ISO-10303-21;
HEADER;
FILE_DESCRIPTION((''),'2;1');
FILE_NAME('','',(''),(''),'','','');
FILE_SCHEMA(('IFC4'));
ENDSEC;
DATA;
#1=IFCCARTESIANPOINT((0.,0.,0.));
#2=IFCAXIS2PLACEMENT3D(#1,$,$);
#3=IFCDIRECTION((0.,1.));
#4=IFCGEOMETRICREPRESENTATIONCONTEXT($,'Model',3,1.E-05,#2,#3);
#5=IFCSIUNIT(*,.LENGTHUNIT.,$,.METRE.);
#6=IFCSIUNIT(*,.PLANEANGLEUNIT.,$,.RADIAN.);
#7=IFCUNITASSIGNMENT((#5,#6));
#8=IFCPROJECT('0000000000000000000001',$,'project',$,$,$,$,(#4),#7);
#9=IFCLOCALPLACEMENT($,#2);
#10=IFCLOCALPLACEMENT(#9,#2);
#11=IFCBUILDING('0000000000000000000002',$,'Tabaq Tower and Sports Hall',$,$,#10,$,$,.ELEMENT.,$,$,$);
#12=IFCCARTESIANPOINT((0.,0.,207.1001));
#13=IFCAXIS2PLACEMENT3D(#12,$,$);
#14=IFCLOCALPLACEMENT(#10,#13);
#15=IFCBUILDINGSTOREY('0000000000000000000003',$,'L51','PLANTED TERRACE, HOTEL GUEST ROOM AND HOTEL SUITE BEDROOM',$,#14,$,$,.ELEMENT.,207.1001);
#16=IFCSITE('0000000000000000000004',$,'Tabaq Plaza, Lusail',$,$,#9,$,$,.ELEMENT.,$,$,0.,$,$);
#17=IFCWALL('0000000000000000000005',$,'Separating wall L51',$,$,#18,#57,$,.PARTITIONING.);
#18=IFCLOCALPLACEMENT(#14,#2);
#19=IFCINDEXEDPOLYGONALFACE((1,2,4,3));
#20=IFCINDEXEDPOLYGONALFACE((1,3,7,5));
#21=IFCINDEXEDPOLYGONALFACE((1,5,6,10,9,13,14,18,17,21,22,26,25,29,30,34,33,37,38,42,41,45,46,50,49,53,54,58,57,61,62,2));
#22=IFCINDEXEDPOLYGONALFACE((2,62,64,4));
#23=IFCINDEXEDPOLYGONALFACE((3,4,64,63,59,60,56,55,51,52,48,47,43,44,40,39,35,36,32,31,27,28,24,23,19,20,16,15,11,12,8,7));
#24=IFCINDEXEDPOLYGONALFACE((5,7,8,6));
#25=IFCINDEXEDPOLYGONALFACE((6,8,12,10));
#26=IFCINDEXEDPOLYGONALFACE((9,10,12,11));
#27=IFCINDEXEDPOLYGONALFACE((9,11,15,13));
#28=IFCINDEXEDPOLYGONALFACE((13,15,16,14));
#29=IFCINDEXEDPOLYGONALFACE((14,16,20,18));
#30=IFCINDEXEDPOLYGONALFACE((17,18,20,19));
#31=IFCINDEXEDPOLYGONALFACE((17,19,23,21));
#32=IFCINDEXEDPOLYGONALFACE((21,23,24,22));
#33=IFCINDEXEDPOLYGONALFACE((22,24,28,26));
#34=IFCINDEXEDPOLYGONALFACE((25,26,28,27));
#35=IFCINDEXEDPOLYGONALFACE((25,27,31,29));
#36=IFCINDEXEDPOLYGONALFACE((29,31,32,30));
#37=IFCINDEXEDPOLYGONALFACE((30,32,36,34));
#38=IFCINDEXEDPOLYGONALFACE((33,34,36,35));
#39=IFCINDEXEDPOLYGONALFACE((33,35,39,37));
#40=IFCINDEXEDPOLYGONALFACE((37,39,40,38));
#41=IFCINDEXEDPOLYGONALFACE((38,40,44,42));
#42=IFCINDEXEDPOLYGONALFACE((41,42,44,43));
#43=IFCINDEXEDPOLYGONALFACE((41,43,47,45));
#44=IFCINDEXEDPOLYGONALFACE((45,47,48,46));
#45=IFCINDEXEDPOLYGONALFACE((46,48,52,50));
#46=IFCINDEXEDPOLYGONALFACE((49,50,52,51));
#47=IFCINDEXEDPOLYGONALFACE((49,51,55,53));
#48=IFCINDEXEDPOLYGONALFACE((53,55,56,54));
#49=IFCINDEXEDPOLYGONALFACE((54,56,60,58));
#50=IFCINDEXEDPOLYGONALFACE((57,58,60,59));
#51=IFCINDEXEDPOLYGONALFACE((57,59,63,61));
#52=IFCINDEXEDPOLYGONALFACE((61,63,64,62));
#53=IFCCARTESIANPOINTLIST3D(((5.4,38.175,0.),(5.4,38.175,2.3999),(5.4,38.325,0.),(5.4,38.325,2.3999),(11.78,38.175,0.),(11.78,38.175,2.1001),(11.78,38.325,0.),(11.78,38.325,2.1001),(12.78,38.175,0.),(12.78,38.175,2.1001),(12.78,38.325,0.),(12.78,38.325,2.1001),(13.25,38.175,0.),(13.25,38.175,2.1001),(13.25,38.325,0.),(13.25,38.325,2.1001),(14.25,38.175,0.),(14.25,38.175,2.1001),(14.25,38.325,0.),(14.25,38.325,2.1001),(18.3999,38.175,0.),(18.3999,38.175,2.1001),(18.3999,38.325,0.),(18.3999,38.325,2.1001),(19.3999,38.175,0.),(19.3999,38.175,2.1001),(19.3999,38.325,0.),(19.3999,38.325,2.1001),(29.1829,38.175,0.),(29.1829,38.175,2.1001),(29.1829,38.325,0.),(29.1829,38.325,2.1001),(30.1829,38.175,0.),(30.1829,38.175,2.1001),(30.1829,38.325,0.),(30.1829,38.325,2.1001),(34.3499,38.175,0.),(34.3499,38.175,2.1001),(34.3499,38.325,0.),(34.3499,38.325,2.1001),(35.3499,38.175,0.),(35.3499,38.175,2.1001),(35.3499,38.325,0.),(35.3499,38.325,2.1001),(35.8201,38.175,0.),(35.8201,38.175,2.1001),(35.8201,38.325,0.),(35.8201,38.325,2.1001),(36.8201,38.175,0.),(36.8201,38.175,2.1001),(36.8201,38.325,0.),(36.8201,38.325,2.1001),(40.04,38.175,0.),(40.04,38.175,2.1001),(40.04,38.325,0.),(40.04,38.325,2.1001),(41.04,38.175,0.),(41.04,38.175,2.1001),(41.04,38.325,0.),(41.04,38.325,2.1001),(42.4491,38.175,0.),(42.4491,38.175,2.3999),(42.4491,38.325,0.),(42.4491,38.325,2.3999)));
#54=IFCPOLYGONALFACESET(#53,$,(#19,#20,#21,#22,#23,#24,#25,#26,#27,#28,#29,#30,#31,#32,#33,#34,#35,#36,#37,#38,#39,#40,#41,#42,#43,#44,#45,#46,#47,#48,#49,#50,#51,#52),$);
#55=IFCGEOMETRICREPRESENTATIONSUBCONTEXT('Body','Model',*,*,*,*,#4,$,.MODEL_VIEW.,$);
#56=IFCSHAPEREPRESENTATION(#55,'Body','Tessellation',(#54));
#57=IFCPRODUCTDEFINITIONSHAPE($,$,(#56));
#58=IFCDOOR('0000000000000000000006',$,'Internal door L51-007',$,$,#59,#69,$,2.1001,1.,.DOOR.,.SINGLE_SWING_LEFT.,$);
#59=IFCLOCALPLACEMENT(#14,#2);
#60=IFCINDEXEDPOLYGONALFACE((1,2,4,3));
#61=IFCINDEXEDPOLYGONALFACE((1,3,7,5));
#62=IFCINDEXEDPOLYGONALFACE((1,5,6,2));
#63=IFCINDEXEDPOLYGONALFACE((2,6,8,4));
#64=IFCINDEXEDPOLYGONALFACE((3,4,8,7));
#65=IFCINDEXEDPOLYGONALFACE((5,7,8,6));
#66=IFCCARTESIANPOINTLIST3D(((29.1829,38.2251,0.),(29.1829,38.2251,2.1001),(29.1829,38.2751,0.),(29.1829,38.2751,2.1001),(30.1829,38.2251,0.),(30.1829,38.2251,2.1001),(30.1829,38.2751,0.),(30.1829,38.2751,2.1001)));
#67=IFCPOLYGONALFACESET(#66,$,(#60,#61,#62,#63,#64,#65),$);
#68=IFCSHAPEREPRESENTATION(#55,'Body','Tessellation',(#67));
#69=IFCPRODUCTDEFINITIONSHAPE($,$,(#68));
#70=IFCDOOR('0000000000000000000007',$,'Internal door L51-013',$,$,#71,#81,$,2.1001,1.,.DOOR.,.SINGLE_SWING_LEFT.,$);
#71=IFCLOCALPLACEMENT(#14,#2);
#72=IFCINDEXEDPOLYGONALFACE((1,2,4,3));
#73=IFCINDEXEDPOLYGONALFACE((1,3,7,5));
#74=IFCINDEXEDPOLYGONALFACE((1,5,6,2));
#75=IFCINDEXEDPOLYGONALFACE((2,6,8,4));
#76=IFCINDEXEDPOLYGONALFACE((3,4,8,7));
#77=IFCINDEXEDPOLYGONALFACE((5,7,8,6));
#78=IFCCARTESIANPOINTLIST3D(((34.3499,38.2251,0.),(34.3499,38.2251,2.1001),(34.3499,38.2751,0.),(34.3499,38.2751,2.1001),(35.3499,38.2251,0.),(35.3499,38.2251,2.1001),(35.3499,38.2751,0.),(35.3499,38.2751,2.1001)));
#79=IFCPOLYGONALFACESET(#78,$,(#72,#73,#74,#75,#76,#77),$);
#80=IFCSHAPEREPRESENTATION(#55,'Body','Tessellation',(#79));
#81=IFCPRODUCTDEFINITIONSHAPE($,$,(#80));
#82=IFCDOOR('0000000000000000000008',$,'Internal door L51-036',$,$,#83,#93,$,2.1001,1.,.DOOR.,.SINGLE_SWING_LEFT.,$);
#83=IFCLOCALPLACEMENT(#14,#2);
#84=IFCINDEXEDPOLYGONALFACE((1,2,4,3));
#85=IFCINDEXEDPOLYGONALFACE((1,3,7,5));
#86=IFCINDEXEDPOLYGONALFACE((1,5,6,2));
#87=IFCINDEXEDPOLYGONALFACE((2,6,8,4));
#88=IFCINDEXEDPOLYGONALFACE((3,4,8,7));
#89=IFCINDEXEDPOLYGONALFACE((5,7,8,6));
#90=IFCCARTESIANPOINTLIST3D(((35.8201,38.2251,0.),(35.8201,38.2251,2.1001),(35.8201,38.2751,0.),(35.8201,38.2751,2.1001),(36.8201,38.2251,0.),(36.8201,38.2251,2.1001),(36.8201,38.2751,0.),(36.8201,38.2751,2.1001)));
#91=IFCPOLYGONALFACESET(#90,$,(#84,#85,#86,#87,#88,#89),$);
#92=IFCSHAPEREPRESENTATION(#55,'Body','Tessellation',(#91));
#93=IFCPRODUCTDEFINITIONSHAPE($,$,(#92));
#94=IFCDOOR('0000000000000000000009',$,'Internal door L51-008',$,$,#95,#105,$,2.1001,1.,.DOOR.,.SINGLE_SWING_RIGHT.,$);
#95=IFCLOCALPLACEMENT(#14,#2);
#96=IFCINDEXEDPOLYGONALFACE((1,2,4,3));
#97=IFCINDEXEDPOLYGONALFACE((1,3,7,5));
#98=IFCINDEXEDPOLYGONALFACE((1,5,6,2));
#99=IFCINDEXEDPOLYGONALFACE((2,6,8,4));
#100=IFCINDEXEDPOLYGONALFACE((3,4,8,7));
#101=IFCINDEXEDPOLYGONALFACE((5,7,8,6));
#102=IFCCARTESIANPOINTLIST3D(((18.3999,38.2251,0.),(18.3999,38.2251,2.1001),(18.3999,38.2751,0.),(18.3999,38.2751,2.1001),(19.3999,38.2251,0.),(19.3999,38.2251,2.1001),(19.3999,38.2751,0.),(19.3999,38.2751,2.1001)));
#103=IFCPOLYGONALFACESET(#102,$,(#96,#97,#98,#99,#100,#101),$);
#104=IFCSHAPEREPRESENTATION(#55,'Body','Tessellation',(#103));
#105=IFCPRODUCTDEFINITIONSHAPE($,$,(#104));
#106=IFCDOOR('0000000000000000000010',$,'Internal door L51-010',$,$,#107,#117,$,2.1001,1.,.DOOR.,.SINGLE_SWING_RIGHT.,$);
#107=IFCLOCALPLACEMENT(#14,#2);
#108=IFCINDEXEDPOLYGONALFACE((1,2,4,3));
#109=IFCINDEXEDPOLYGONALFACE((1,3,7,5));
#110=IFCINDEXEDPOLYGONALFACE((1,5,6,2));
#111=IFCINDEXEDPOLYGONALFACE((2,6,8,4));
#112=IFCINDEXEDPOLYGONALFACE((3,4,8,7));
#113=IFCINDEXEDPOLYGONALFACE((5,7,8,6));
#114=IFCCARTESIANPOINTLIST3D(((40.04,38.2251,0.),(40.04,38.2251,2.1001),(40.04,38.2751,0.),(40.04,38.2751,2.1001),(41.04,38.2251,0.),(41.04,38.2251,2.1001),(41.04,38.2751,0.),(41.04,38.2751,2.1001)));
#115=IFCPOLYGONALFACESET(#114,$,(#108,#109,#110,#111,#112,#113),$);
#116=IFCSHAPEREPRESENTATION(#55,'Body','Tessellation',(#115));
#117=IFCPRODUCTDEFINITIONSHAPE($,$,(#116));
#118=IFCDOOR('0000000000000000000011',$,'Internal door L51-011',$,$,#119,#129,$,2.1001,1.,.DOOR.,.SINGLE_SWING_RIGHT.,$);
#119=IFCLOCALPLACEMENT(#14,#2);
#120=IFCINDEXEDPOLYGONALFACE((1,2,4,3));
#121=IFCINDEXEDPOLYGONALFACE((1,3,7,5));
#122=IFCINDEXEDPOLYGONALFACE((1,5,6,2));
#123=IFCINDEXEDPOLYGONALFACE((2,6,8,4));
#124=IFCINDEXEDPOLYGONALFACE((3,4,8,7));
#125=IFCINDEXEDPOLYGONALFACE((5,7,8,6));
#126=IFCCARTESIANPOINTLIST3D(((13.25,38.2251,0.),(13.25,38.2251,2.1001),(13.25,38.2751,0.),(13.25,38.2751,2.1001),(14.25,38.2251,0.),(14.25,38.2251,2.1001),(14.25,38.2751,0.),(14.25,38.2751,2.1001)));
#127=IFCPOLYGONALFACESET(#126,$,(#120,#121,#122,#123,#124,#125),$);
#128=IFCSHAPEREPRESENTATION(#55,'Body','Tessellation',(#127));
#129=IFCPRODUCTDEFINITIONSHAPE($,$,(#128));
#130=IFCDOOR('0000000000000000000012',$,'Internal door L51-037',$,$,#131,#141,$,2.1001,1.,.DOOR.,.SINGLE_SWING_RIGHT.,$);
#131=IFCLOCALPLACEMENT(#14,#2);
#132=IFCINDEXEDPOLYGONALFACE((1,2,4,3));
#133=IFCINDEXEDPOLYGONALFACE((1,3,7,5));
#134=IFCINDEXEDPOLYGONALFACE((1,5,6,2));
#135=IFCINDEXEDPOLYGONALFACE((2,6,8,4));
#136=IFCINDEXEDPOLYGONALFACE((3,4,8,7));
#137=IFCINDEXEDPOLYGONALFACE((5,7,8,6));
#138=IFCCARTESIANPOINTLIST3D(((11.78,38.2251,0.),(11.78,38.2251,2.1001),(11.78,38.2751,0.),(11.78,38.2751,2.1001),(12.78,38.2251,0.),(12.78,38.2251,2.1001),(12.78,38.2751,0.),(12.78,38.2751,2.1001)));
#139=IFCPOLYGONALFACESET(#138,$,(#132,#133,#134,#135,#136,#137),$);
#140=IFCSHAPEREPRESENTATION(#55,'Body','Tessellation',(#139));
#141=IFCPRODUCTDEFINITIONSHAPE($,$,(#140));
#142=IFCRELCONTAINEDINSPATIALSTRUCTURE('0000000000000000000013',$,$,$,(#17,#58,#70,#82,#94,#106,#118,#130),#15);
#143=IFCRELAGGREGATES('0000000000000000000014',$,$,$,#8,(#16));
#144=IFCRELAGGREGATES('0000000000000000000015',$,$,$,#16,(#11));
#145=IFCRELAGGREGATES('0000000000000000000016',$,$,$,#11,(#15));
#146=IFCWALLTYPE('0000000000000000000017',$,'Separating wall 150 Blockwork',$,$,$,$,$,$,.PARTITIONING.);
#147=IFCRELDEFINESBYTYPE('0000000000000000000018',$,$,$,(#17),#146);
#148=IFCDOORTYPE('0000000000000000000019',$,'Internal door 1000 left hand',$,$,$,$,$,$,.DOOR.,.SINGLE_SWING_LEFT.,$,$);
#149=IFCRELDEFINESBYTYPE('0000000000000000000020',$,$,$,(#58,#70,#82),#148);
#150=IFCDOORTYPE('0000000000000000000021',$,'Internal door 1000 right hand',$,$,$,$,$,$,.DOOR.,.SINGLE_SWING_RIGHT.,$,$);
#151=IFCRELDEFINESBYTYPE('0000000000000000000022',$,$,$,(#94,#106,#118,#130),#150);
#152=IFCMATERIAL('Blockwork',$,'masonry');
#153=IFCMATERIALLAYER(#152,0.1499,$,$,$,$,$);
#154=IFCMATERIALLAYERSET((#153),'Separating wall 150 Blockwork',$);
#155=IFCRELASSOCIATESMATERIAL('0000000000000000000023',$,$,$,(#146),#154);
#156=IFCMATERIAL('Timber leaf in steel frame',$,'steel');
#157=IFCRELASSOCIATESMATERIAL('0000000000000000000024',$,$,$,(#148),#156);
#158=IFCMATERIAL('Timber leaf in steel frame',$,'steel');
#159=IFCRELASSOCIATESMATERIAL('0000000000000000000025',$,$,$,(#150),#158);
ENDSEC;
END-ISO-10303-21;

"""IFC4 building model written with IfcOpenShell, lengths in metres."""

from ifc_helpers import new_model, si_unit, direction, frame, frame_2d, origin, place, context, subcontext, project, spatial, rectangle, extrude, material, layer, layer_set, type_object, element, fill, save


model = new_model("IFC4")

# Units and contexts
model_context = context("Model", 3, precision=1e-05, world=origin(), true_north=direction((0.0, 1.0)))
body_context = subcontext(model_context, "Body", "Model", "MODEL_VIEW")
ifc_project = project(units=[si_unit("LENGTHUNIT", "METRE"), si_unit("PLANEANGLEUNIT", "RADIAN")], contexts=[model_context])

# Site, building, storey
site_placement = place(None, origin())
site = spatial("IfcSite", under=ifc_project, at=site_placement, Name="Tabaq Plaza, Lusail", CompositionType="ELEMENT", RefElevation=0.0)
building_placement = place(site_placement, origin())
building = spatial("IfcBuilding", under=site, at=building_placement, Name="Tabaq Tower and Sports Hall", CompositionType="ELEMENT")
storey_placement = place(building_placement, frame((0.0, 0.0, 207.1001)))
storey = spatial("IfcBuildingStorey", under=building, at=storey_placement, Name="L51", Description="PLANTED TERRACE, HOTEL GUEST ROOM AND HOTEL SUITE BEDROOM", CompositionType="ELEMENT", Elevation=207.1001)

# Wall, openings, doors
ifc_material_1 = material(Name="Blockwork", Category="masonry")
ifc_layer_1 = layer(ifc_material_1, 0.1499)
ifc_layer_set_1 = layer_set([ifc_layer_1], Name="Separating wall 150 Blockwork")
wall_type_1 = type_object("IfcWallType", Name="Separating wall 150 Blockwork", PredefinedType="PARTITIONING", material=ifc_layer_set_1)
wall_1_placement = place(storey_placement, frame((42.449, 38.25, 0.0), z_axis=(0.0, 0.0, 1.0), x_axis=(-1.0, 0.0, 0.0)))
wall_1 = element("IfcWall", 1, at=wall_1_placement, inside=storey, type_object=wall_type_1, Name="Separating wall L51", PredefinedType="PARTITIONING", context=body_context, shape_type="SweptSolid", body=[
    extrude(rectangle(XDim=37.0491, YDim=0.1499, at=frame_2d((18.5244, 0.0))), origin(), (0.0, 0.0, 1.0), 2.3999),
])
opening_1_placement = place(wall_1_placement, frame((12.2661, 0.0, 0.0)))
opening_1 = element("IfcOpeningElement", 2, at=opening_1_placement, cuts=wall_1, PredefinedType="OPENING", context=body_context, shape_type="SweptSolid", body=[
    extrude(rectangle(XDim=1.0, YDim=2.1001, at=frame_2d((0.5, 1.05))), frame((0.0, 0.075, 0.0), z_axis=(0.0, -1.0, 0.0), x_axis=(1.0, 0.0, 0.0)), (0.0, 0.0, 1.0), 0.1499),
])
opening_2_placement = place(wall_1_placement, frame((23.0491, 0.0, 0.0)))
opening_2 = element("IfcOpeningElement", 3, at=opening_2_placement, cuts=wall_1, PredefinedType="OPENING", context=body_context, shape_type="SweptSolid", body=[
    extrude(rectangle(XDim=1.0, YDim=2.1001, at=frame_2d((0.5, 1.05))), frame((0.0, 0.075, 0.0), z_axis=(0.0, -1.0, 0.0), x_axis=(1.0, 0.0, 0.0)), (0.0, 0.0, 1.0), 0.1499),
])
opening_3_placement = place(wall_1_placement, frame((1.4089, 0.0, 0.0)))
opening_3 = element("IfcOpeningElement", 4, at=opening_3_placement, cuts=wall_1, PredefinedType="OPENING", context=body_context, shape_type="SweptSolid", body=[
    extrude(rectangle(XDim=1.0, YDim=2.1001, at=frame_2d((0.5, 1.05))), frame((0.0, 0.075, 0.0), z_axis=(0.0, -1.0, 0.0), x_axis=(1.0, 0.0, 0.0)), (0.0, 0.0, 1.0), 0.1499),
])
opening_4_placement = place(wall_1_placement, frame((28.199, 0.0, 0.0)))
opening_4 = element("IfcOpeningElement", 5, at=opening_4_placement, cuts=wall_1, PredefinedType="OPENING", context=body_context, shape_type="SweptSolid", body=[
    extrude(rectangle(XDim=1.0, YDim=2.1001, at=frame_2d((0.5, 1.05))), frame((0.0, 0.075, 0.0), z_axis=(0.0, -1.0, 0.0), x_axis=(1.0, 0.0, 0.0)), (0.0, 0.0, 1.0), 0.1499),
])
opening_5_placement = place(wall_1_placement, frame((7.0991, 0.0, 0.0)))
opening_5 = element("IfcOpeningElement", 6, at=opening_5_placement, cuts=wall_1, PredefinedType="OPENING", context=body_context, shape_type="SweptSolid", body=[
    extrude(rectangle(XDim=1.0, YDim=2.1001, at=frame_2d((0.5, 1.05))), frame((0.0, 0.075, 0.0), z_axis=(0.0, -1.0, 0.0), x_axis=(1.0, 0.0, 0.0)), (0.0, 0.0, 1.0), 0.1499),
])
opening_6_placement = place(wall_1_placement, frame((5.6289, 0.0, 0.0)))
opening_6 = element("IfcOpeningElement", 7, at=opening_6_placement, cuts=wall_1, PredefinedType="OPENING", context=body_context, shape_type="SweptSolid", body=[
    extrude(rectangle(XDim=1.0, YDim=2.1001, at=frame_2d((0.5, 1.05))), frame((0.0, 0.075, 0.0), z_axis=(0.0, -1.0, 0.0), x_axis=(1.0, 0.0, 0.0)), (0.0, 0.0, 1.0), 0.1499),
])
opening_7_placement = place(wall_1_placement, frame((29.6689, 0.0, 0.0)))
opening_7 = element("IfcOpeningElement", 8, at=opening_7_placement, cuts=wall_1, PredefinedType="OPENING", context=body_context, shape_type="SweptSolid", body=[
    extrude(rectangle(XDim=1.0, YDim=2.1001, at=frame_2d((0.5, 1.05))), frame((0.0, 0.075, 0.0), z_axis=(0.0, -1.0, 0.0), x_axis=(1.0, 0.0, 0.0)), (0.0, 0.0, 1.0), 0.1499),
])
ifc_material_2 = material(Name="Timber leaf in steel frame", Category="steel")
door_type_1 = type_object("IfcDoorType", Name="Internal door 1000 left hand", OperationType="SINGLE_SWING_LEFT", PredefinedType="DOOR", material=ifc_material_2)
door_1_placement = place(opening_1_placement, origin())
door_1 = element("IfcDoor", 9, at=door_1_placement, inside=storey, type_object=door_type_1, Name="Internal door L51-007", OperationType="SINGLE_SWING_LEFT", OverallHeight=2.1001, OverallWidth=1.0, PredefinedType="DOOR", context=body_context, shape_type="SweptSolid", body=[
    extrude(rectangle(XDim=1.0, YDim=2.1001, at=frame_2d((0.5, 1.05))), frame((0.0, 0.0249, 0.0), z_axis=(0.0, -1.0, 0.0), x_axis=(1.0, 0.0, 0.0)), (0.0, 0.0, 1.0), 0.05),
])
fill(opening_1, door_1)
door_2_placement = place(opening_5_placement, origin())
door_2 = element("IfcDoor", 10, at=door_2_placement, inside=storey, type_object=door_type_1, Name="Internal door L51-013", OperationType="SINGLE_SWING_LEFT", OverallHeight=2.1001, OverallWidth=1.0, PredefinedType="DOOR", context=body_context, shape_type="SweptSolid", body=[
    extrude(rectangle(XDim=1.0, YDim=2.1001, at=frame_2d((0.5, 1.05))), frame((0.0, 0.0249, 0.0), z_axis=(0.0, -1.0, 0.0), x_axis=(1.0, 0.0, 0.0)), (0.0, 0.0, 1.0), 0.05),
])
fill(opening_5, door_2)
door_3_placement = place(opening_6_placement, origin())
door_3 = element("IfcDoor", 11, at=door_3_placement, inside=storey, type_object=door_type_1, Name="Internal door L51-036", OperationType="SINGLE_SWING_LEFT", OverallHeight=2.1001, OverallWidth=1.0, PredefinedType="DOOR", context=body_context, shape_type="SweptSolid", body=[
    extrude(rectangle(XDim=1.0, YDim=2.1001, at=frame_2d((0.5, 1.05))), frame((0.0, 0.0249, 0.0), z_axis=(0.0, -1.0, 0.0), x_axis=(1.0, 0.0, 0.0)), (0.0, 0.0, 1.0), 0.05),
])
fill(opening_6, door_3)
ifc_material_3 = material(Name="Timber leaf in steel frame", Category="steel")
door_type_2 = type_object("IfcDoorType", Name="Internal door 1000 right hand", OperationType="SINGLE_SWING_RIGHT", PredefinedType="DOOR", material=ifc_material_3)
door_4_placement = place(opening_2_placement, origin())
door_4 = element("IfcDoor", 12, at=door_4_placement, inside=storey, type_object=door_type_2, Name="Internal door L51-008", OperationType="SINGLE_SWING_RIGHT", OverallHeight=2.1001, OverallWidth=1.0, PredefinedType="DOOR", context=body_context, shape_type="SweptSolid", body=[
    extrude(rectangle(XDim=1.0, YDim=2.1001, at=frame_2d((0.5, 1.05))), frame((0.0, 0.0249, 0.0), z_axis=(0.0, -1.0, 0.0), x_axis=(1.0, 0.0, 0.0)), (0.0, 0.0, 1.0), 0.05),
])
fill(opening_2, door_4)
door_5_placement = place(opening_3_placement, origin())
door_5 = element("IfcDoor", 13, at=door_5_placement, inside=storey, type_object=door_type_2, Name="Internal door L51-010", OperationType="SINGLE_SWING_RIGHT", OverallHeight=2.1001, OverallWidth=1.0, PredefinedType="DOOR", context=body_context, shape_type="SweptSolid", body=[
    extrude(rectangle(XDim=1.0, YDim=2.1001, at=frame_2d((0.5, 1.05))), frame((0.0, 0.0249, 0.0), z_axis=(0.0, -1.0, 0.0), x_axis=(1.0, 0.0, 0.0)), (0.0, 0.0, 1.0), 0.05),
])
fill(opening_3, door_5)
door_6_placement = place(opening_4_placement, origin())
door_6 = element("IfcDoor", 14, at=door_6_placement, inside=storey, type_object=door_type_2, Name="Internal door L51-011", OperationType="SINGLE_SWING_RIGHT", OverallHeight=2.1001, OverallWidth=1.0, PredefinedType="DOOR", context=body_context, shape_type="SweptSolid", body=[
    extrude(rectangle(XDim=1.0, YDim=2.1001, at=frame_2d((0.5, 1.05))), frame((0.0, 0.0249, 0.0), z_axis=(0.0, -1.0, 0.0), x_axis=(1.0, 0.0, 0.0)), (0.0, 0.0, 1.0), 0.05),
])
fill(opening_4, door_6)
door_7_placement = place(opening_7_placement, origin())
door_7 = element("IfcDoor", 15, at=door_7_placement, inside=storey, type_object=door_type_2, Name="Internal door L51-037", OperationType="SINGLE_SWING_RIGHT", OverallHeight=2.1001, OverallWidth=1.0, PredefinedType="DOOR", context=body_context, shape_type="SweptSolid", body=[
    extrude(rectangle(XDim=1.0, YDim=2.1001, at=frame_2d((0.5, 1.05))), frame((0.0, 0.0249, 0.0), z_axis=(0.0, -1.0, 0.0), x_axis=(1.0, 0.0, 0.0)), (0.0, 0.0, 1.0), 0.05),
])
fill(opening_7, door_7)

save(model, "model.ifc")
